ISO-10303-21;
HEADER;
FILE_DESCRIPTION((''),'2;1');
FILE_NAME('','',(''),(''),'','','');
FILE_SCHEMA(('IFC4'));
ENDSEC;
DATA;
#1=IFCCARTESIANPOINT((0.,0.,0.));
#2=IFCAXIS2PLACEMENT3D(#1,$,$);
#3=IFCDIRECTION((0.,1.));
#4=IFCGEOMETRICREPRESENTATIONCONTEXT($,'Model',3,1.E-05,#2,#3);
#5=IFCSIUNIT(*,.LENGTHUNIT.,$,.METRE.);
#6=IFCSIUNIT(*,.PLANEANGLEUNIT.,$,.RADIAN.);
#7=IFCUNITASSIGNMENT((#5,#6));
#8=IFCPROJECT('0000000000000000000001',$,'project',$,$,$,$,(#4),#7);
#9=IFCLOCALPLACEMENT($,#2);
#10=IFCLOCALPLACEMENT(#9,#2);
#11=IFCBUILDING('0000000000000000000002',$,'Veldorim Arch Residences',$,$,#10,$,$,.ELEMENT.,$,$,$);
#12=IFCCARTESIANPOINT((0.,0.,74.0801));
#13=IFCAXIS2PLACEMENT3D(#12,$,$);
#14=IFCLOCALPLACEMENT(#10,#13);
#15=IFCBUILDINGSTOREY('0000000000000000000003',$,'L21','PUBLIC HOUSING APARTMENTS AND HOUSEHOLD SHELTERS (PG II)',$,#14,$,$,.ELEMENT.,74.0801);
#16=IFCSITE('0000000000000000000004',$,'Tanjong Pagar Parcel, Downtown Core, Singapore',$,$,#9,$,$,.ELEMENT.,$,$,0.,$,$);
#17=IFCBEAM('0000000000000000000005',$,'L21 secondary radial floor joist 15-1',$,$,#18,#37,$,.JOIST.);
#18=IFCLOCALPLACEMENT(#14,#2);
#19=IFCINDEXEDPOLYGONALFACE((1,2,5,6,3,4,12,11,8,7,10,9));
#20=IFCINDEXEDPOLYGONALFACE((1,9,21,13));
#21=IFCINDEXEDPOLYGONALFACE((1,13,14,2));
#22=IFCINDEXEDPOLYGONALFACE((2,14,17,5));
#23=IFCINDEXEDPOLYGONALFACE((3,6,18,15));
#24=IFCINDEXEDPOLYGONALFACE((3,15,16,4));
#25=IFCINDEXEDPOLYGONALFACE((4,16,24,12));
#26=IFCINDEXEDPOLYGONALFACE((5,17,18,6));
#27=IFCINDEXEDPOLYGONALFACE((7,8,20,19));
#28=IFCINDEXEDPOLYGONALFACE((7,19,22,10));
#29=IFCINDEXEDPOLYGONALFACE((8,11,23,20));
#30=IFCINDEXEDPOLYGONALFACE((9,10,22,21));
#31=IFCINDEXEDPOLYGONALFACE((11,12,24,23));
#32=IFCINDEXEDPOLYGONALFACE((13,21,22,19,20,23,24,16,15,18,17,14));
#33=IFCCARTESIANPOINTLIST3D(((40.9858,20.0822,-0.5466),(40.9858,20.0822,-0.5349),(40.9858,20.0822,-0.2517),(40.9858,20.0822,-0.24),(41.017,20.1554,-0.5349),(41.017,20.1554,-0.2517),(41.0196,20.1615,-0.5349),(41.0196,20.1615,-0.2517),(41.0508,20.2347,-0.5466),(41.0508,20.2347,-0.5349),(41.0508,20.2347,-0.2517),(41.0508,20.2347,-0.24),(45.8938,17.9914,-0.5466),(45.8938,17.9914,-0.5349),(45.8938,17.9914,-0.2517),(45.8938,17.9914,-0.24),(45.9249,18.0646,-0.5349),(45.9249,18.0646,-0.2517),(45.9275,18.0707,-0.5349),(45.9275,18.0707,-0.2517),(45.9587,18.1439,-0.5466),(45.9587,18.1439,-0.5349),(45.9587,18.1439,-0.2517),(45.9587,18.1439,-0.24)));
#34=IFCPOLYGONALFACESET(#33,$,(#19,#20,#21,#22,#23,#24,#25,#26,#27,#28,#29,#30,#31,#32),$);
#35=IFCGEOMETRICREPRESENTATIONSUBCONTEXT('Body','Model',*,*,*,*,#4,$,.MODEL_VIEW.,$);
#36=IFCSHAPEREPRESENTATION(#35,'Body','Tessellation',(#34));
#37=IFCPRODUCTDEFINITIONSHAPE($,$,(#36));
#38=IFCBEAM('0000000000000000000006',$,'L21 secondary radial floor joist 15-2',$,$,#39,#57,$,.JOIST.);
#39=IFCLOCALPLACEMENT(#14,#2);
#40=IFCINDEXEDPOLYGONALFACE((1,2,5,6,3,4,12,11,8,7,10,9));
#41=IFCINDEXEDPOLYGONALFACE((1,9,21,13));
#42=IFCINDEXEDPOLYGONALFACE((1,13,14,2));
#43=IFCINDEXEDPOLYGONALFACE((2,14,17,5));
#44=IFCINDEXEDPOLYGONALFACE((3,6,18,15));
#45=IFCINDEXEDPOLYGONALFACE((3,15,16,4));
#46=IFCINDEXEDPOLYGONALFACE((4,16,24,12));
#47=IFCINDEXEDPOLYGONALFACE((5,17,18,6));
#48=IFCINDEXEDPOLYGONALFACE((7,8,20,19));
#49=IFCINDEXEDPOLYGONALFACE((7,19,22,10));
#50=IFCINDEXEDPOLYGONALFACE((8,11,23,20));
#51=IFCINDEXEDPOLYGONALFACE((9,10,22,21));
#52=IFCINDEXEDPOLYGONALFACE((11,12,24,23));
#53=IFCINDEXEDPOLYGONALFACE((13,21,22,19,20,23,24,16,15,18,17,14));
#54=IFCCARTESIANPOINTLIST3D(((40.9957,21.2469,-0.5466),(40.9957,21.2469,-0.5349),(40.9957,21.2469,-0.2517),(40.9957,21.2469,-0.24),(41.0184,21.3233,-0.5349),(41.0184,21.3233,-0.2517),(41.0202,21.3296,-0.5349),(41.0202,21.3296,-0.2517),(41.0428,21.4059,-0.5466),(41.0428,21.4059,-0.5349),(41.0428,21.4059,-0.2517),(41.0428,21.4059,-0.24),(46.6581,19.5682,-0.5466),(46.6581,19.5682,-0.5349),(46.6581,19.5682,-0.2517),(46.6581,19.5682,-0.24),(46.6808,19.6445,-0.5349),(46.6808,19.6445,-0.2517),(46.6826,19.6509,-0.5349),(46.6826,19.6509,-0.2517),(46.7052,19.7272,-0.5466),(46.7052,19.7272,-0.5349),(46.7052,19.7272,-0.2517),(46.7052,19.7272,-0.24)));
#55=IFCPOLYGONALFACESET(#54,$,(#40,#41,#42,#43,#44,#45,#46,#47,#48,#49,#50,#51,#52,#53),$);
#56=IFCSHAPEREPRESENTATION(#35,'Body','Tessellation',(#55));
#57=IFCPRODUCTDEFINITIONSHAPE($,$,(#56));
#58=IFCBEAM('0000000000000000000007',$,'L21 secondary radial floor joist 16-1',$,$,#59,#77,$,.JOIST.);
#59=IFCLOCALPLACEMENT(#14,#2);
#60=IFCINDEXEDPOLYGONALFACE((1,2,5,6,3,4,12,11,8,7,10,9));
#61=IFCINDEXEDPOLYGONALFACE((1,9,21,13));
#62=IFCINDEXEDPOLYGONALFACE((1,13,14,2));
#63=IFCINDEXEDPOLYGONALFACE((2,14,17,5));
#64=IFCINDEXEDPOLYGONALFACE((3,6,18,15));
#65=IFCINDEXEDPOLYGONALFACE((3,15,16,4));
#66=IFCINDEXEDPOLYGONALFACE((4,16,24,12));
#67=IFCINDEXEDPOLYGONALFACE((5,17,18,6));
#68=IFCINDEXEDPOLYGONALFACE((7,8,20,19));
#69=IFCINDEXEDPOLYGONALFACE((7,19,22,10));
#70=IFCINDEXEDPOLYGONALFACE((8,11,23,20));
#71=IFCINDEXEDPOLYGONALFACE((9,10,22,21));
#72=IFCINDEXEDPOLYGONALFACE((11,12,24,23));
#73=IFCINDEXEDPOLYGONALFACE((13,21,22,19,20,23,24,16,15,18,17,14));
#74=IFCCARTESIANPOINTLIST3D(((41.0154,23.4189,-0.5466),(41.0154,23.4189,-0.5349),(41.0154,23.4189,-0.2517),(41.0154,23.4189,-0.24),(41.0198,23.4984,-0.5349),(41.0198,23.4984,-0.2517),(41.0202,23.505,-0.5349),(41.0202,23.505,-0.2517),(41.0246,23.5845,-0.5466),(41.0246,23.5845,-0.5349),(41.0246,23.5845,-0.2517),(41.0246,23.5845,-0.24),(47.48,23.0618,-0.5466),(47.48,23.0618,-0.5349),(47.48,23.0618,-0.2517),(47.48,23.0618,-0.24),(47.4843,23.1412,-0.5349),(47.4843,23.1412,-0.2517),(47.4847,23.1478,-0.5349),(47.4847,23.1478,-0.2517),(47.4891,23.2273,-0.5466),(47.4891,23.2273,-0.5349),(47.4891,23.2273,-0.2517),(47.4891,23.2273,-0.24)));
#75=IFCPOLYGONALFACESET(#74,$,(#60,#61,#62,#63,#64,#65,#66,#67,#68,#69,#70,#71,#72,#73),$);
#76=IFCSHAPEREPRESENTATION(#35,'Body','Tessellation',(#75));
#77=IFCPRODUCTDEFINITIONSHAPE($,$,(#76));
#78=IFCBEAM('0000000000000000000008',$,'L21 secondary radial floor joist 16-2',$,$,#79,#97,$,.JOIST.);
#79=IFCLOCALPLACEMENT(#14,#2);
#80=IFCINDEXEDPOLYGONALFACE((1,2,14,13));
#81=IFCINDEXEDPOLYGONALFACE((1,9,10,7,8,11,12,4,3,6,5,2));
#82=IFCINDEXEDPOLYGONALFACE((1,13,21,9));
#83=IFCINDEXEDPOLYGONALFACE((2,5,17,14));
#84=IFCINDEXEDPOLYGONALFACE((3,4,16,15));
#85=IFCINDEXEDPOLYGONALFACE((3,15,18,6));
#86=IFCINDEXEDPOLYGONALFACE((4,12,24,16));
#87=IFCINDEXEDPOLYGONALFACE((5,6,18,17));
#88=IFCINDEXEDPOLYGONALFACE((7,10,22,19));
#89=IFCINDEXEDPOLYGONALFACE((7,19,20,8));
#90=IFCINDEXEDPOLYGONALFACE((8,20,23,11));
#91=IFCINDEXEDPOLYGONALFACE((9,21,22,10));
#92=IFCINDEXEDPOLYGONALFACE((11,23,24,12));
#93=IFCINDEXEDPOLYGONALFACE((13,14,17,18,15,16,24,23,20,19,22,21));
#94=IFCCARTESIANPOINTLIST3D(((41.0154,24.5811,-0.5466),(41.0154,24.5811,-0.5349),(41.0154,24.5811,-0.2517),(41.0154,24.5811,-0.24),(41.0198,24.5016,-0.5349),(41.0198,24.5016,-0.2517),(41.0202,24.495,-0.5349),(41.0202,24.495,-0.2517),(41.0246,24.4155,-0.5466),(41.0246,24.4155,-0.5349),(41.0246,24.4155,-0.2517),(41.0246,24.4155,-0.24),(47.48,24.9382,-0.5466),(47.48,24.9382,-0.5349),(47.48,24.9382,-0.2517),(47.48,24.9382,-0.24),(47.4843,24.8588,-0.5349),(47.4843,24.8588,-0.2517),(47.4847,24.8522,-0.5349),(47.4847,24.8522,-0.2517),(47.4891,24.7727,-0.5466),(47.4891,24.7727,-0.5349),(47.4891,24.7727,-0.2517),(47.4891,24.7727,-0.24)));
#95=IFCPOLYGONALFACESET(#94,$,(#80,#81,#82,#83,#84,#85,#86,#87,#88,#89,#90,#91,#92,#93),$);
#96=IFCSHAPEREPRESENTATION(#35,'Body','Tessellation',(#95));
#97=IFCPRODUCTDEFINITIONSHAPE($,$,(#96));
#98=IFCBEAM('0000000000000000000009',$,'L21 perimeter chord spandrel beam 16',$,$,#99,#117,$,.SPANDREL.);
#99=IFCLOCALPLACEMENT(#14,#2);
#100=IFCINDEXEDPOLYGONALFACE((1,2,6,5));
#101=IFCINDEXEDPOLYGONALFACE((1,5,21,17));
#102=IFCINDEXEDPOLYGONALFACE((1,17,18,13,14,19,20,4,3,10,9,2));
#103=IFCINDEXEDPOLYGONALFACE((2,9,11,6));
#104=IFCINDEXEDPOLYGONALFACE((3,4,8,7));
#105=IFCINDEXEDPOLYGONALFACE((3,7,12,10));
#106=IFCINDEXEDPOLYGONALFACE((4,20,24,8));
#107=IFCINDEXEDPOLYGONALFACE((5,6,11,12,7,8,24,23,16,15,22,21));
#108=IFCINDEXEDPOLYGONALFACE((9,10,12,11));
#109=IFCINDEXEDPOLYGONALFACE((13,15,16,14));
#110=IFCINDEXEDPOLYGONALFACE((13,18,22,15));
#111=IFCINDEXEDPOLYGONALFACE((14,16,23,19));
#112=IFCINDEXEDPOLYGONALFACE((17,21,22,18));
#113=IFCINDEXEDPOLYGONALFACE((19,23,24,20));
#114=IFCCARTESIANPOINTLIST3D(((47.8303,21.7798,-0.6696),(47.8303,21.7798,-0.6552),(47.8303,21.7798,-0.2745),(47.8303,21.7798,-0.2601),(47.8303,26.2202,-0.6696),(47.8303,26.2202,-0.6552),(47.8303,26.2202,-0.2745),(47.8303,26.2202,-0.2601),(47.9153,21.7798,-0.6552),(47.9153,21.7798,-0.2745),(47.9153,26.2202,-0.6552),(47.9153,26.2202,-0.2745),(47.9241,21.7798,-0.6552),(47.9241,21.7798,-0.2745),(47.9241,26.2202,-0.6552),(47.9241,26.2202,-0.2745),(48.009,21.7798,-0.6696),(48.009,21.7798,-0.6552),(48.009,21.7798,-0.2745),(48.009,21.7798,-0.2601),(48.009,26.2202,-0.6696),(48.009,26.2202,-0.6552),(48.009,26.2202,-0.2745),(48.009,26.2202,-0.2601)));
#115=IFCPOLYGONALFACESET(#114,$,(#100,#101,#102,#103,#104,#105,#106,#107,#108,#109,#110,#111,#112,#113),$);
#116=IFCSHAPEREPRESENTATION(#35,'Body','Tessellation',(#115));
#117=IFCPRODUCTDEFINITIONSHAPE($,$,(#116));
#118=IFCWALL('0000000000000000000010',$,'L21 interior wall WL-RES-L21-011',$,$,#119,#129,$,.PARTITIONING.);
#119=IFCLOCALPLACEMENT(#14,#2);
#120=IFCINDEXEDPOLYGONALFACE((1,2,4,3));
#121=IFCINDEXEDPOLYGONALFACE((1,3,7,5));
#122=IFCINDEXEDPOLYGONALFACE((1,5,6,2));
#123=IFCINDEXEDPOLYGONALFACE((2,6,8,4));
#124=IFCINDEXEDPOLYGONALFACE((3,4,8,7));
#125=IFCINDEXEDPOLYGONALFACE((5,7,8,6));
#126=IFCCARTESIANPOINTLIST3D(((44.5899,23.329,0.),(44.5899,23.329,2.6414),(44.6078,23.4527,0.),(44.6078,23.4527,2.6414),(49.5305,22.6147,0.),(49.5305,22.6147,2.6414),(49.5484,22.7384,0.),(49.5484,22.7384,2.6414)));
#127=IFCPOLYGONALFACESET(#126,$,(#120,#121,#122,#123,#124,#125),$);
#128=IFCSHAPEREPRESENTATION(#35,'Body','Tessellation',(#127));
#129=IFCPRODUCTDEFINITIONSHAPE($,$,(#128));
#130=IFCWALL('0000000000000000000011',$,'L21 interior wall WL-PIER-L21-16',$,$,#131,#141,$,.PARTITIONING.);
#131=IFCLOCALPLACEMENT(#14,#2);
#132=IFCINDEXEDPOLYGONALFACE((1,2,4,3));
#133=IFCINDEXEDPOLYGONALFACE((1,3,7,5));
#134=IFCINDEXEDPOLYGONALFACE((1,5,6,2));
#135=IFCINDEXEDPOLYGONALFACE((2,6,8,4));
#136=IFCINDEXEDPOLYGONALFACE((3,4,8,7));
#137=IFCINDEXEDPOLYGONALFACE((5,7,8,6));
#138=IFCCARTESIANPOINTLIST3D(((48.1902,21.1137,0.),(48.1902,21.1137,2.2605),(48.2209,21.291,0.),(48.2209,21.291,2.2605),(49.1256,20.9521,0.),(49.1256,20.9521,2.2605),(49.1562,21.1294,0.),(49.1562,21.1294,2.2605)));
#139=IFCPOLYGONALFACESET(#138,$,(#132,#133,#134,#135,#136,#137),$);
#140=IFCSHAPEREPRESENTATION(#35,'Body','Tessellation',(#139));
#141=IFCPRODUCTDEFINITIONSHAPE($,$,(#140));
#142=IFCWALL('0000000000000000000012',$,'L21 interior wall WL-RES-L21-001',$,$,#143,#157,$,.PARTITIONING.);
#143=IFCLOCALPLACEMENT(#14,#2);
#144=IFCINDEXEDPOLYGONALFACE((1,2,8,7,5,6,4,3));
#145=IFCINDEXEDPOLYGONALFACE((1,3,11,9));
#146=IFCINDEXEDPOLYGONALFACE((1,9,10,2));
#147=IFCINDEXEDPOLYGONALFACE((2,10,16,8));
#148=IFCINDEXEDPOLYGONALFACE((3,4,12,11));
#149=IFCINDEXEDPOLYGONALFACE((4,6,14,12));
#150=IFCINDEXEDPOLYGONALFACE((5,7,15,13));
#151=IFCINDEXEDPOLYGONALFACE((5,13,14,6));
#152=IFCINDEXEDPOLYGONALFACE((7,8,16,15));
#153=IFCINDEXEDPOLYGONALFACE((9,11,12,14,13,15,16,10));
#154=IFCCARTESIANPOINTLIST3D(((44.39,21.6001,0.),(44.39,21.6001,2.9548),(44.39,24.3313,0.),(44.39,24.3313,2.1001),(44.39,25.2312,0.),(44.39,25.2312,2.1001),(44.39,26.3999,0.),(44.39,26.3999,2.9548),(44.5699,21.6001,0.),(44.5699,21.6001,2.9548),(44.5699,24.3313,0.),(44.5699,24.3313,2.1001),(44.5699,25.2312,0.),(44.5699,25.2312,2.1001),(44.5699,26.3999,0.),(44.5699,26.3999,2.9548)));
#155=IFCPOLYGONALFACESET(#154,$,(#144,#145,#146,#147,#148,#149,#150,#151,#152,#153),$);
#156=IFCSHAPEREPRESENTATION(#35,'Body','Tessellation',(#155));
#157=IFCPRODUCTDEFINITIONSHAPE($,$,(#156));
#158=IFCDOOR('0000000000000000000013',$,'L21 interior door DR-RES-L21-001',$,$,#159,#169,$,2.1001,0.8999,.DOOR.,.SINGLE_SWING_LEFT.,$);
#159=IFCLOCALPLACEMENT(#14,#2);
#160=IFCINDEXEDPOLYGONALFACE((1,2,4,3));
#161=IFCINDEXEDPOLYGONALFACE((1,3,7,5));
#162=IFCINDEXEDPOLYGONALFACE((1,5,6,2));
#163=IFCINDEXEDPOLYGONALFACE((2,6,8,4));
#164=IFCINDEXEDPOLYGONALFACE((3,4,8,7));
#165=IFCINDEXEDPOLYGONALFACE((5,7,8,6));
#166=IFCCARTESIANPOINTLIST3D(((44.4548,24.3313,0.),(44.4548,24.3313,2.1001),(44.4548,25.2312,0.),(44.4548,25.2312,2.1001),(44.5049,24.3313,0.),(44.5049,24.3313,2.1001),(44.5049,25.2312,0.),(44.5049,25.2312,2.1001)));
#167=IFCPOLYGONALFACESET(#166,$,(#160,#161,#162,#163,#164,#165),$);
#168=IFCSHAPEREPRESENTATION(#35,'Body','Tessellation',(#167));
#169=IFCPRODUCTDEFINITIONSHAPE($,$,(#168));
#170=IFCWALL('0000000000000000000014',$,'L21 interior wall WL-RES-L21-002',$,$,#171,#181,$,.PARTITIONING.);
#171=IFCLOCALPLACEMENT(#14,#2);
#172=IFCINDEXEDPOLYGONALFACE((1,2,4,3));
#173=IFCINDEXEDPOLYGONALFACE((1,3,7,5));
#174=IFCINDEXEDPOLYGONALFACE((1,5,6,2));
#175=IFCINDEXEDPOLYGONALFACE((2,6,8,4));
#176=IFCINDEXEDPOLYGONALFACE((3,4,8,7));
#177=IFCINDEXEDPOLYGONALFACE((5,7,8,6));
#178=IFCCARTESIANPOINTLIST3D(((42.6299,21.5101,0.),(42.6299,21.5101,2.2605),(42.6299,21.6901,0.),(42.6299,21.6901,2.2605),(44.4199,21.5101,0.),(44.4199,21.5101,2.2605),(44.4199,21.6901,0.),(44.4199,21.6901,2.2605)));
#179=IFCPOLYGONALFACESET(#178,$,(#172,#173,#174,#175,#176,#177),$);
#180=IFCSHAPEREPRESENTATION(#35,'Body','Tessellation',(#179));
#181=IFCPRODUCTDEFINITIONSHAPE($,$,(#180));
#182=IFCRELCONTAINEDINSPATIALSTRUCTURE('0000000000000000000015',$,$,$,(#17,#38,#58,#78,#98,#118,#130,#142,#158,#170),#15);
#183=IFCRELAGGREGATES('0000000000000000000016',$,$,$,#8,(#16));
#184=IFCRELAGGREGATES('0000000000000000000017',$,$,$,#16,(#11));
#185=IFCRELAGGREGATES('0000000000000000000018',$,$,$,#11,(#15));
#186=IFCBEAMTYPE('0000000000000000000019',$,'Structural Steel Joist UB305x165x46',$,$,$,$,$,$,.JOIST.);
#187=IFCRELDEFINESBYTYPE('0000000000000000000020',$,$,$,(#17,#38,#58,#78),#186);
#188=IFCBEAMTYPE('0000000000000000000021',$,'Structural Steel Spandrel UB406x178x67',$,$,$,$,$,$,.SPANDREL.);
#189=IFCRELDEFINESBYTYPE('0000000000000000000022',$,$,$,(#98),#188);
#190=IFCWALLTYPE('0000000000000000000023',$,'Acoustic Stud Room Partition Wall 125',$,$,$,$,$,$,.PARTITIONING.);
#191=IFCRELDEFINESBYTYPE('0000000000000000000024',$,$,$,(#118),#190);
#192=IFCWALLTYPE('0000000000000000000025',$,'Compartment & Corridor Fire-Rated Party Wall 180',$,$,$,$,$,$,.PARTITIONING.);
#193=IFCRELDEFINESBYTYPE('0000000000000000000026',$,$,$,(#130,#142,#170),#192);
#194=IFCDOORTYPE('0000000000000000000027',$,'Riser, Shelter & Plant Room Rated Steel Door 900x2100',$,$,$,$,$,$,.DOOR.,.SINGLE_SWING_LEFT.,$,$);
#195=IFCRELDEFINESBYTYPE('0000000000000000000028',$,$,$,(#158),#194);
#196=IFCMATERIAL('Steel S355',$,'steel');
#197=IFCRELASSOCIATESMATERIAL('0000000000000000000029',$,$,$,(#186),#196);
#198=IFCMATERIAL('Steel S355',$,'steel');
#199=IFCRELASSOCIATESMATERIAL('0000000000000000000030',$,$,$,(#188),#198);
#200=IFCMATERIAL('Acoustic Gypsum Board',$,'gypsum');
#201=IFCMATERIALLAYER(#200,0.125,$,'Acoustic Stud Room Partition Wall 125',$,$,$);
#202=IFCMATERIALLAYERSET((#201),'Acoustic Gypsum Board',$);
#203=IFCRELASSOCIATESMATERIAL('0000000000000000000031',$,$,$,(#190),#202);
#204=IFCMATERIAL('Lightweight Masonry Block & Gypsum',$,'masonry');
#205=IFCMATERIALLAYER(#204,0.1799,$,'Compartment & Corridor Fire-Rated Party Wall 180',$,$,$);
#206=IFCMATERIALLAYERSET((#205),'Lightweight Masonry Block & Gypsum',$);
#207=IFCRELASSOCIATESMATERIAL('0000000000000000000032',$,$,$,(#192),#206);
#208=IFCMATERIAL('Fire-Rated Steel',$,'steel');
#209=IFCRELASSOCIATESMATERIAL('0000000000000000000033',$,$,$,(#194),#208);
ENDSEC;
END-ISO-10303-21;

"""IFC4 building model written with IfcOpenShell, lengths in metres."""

from ifc_helpers import new_model, si_unit, direction, frame, frame_2d, origin, origin_2d, place, context, subcontext, project, spatial, rectangle, i_section, extrude, material, layer, layer_set, material_profile, profile_set, type_object, element, fill, save


model = new_model("IFC4")

# Units and contexts
model_context = context("Model", 3, precision=1e-05, world=origin(), true_north=direction((0.0, 1.0)))
body_context = subcontext(model_context, "Body", "Model", "MODEL_VIEW")
ifc_project = project(units=[si_unit("LENGTHUNIT", "METRE"), si_unit("PLANEANGLEUNIT", "RADIAN")], contexts=[model_context])

# Site, building, storey
site_placement = place(None, origin())
site = spatial("IfcSite", under=ifc_project, at=site_placement, Name="Tanjong Pagar Parcel, Downtown Core, Singapore", CompositionType="ELEMENT", RefElevation=0.0)
building_placement = place(site_placement, origin())
building = spatial("IfcBuilding", under=site, at=building_placement, Name="Veldorim Arch Residences", CompositionType="ELEMENT")
storey_placement = place(building_placement, frame((0.0, 0.0, 74.0801)))
storey = spatial("IfcBuildingStorey", under=building, at=storey_placement, Name="L21", Description="PUBLIC HOUSING APARTMENTS AND HOUSEHOLD SHELTERS (PG II)", CompositionType="ELEMENT", Elevation=74.0801)

# Beams
ifc_material_1 = material(Name="Steel S355", Category="steel")
ifc_material_profile_1 = material_profile(ifc_material_1, i_section(OverallWidth=0.1658, OverallDepth=0.3066, WebThickness=0.0066, FlangeThickness=0.0117, at=origin_2d()), Name="UB305x165x46")
ifc_profile_set_1 = profile_set([ifc_material_profile_1], Name="Steel S355")
beam_type_1 = type_object("IfcBeamType", Name="Structural Steel Joist UB305x165x46", PredefinedType="JOIST", material=ifc_profile_set_1)
beam_1_placement = place(storey_placement, frame((41.0183, 20.1584, -0.3933), z_axis=(0.919997, -0.391924, 0.0), x_axis=(0.391924, 0.919997, 0.0)))
element("IfcBeam", 1, at=beam_1_placement, inside=storey, type_object=beam_type_1, Name="L21 secondary radial floor joist 15-1", PredefinedType="JOIST", context=body_context, shape_type="SweptSolid", body=[
    extrude(i_section(OverallWidth=0.1658, OverallDepth=0.3066, WebThickness=0.0066, FlangeThickness=0.0117, at=origin_2d()), origin(), (0.0, 0.0, 1.0), 5.3347),
])
beam_2_placement = place(storey_placement, frame((41.0193, 21.3264, -0.3933), z_axis=(0.958753, -0.28424, 0.0), x_axis=(0.28424, 0.958753, 0.0)))
element("IfcBeam", 2, at=beam_2_placement, inside=storey, type_object=beam_type_1, Name="L21 secondary radial floor joist 15-2", PredefinedType="JOIST", context=body_context, shape_type="SweptSolid", body=[
    extrude(i_section(OverallWidth=0.1658, OverallDepth=0.3066, WebThickness=0.0066, FlangeThickness=0.0117, at=origin_2d()), origin(), (0.0, 0.0, 1.0), 5.906),
])
for number, where, z_axis, x_axis, name in (
    (3, (41.02, 23.5017, -0.3933), (0.998477, -0.055167, 0.0), (0.055167, 0.998477, 0.0), "L21 secondary radial floor joist 16-1"),
    (4, (41.02, 24.4983, -0.3933), (0.998477, 0.055167, 0.0), (-0.055167, 0.998477, 0.0), "L21 secondary radial floor joist 16-2"),
):
    element("IfcBeam", number, at=place(storey_placement, frame(where, z_axis=z_axis, x_axis=x_axis)), inside=storey, type_object=beam_type_1, Name=name, PredefinedType="JOIST", context=body_context, shape_type="SweptSolid", body=[
        extrude(i_section(OverallWidth=0.1658, OverallDepth=0.3066, WebThickness=0.0066, FlangeThickness=0.0117, at=origin_2d()), origin(), (0.0, 0.0, 1.0), 6.4744),
    ])
ifc_material_2 = material(Name="Steel S355", Category="steel")
ifc_material_profile_2 = material_profile(ifc_material_2, i_section(OverallWidth=0.1787, OverallDepth=0.4094, WebThickness=0.0088, FlangeThickness=0.0144, at=origin_2d()), Name="UB406x178x67")
ifc_profile_set_2 = profile_set([ifc_material_profile_2], Name="Steel S355")
beam_type_2 = type_object("IfcBeamType", Name="Structural Steel Spandrel UB406x178x67", PredefinedType="SPANDREL", material=ifc_profile_set_2)
beam_3_placement = place(storey_placement, frame((47.9197, 21.7798, -0.4648), z_axis=(0.0, 1.0, 0.0), x_axis=(-1.0, 0.0, 0.0)))
element("IfcBeam", 5, at=beam_3_placement, inside=storey, type_object=beam_type_2, Name="L21 perimeter chord spandrel beam 16", PredefinedType="SPANDREL", context=body_context, shape_type="SweptSolid", body=[
    extrude(i_section(OverallWidth=0.1787, OverallDepth=0.4094, WebThickness=0.0088, FlangeThickness=0.0144, at=origin_2d()), origin(), (0.0, 0.0, 1.0), 4.4404),
])

# Walls
ifc_material_3 = material(Name="Acoustic Gypsum Board", Category="gypsum")
ifc_layer_1 = layer(ifc_material_3, 0.125, Name="Acoustic Stud Room Partition Wall 125")
ifc_layer_set_1 = layer_set([ifc_layer_1], Name="Acoustic Gypsum Board")
wall_type_1 = type_object("IfcWallType", Name="Acoustic Stud Room Partition Wall 125", PredefinedType="PARTITIONING", material=ifc_layer_set_1)
wall_1_placement = place(storey_placement, frame((49.5396, 22.6765, 0.0), z_axis=(0.0, 0.0, 1.0), x_axis=(-0.989708, 0.143099, 0.0)))
element("IfcWall", 6, at=wall_1_placement, inside=storey, type_object=wall_type_1, Name="L21 interior wall WL-RES-L21-011", PredefinedType="PARTITIONING", context=body_context, shape_type="SweptSolid", body=[
    extrude(rectangle(XDim=4.9919, YDim=0.125, at=frame_2d((2.4961, 0.0))), origin(), (0.0, 0.0, 1.0), 2.6414),
])
ifc_material_4 = material(Name="Lightweight Masonry Block & Gypsum", Category="masonry")
ifc_layer_2 = layer(ifc_material_4, 0.1799, Name="Compartment & Corridor Fire-Rated Party Wall 180")
ifc_layer_set_2 = layer_set([ifc_layer_2], Name="Lightweight Masonry Block & Gypsum")
wall_type_2 = type_object("IfcWallType", Name="Compartment & Corridor Fire-Rated Party Wall 180", PredefinedType="PARTITIONING", material=ifc_layer_set_2)
wall_2_placement = place(storey_placement, frame((48.2056, 21.2024, 0.0), z_axis=(0.0, 0.0, 1.0), x_axis=(0.985396, -0.170277, 0.0)))
element("IfcWall", 7, at=wall_2_placement, inside=storey, type_object=wall_type_2, Name="L21 interior wall WL-PIER-L21-16", PredefinedType="PARTITIONING", context=body_context, shape_type="SweptSolid", body=[
    extrude(rectangle(XDim=0.9492, YDim=0.1799, at=frame_2d((0.4746, 0.0))), origin(), (0.0, 0.0, 1.0), 2.2605),
])

# Wall, opening, door
wall_3_placement = place(storey_placement, frame((44.48, 26.3999, 0.0), z_axis=(0.0, 0.0, 1.0), x_axis=(0.0, -1.0, 0.0)))
wall_3 = element("IfcWall", 8, at=wall_3_placement, inside=storey, type_object=wall_type_2, Name="L21 interior wall WL-RES-L21-001", PredefinedType="PARTITIONING", context=body_context, shape_type="SweptSolid", body=[
    extrude(rectangle(XDim=4.7998, YDim=0.1799, at=frame_2d((2.3999, 0.0))), origin(), (0.0, 0.0, 1.0), 2.9548),
])
opening_1_placement = place(wall_3_placement, frame((1.1687, 0.0, 0.0)))
opening_1 = element("IfcOpeningElement", 9, at=opening_1_placement, cuts=wall_3, PredefinedType="OPENING", context=body_context, shape_type="SweptSolid", body=[
    extrude(rectangle(XDim=0.8999, YDim=2.1001, at=frame_2d((0.45, 1.05))), frame((0.0, 0.0999, 0.0), z_axis=(0.0, -1.0, 0.0), x_axis=(1.0, 0.0, 0.0)), (0.0, 0.0, 1.0), 0.2),
])
ifc_material_5 = material(Name="Fire-Rated Steel", Category="steel")
door_type_1 = type_object("IfcDoorType", Name="Riser, Shelter & Plant Room Rated Steel Door 900x2100", OperationType="SINGLE_SWING_LEFT", PredefinedType="DOOR", material=ifc_material_5)
door_1_placement = place(opening_1_placement, origin())
door_1 = element("IfcDoor", 10, at=door_1_placement, inside=storey, type_object=door_type_1, Name="L21 interior door DR-RES-L21-001", OperationType="SINGLE_SWING_LEFT", OverallHeight=2.1001, OverallWidth=0.8999, PredefinedType="DOOR", context=body_context, shape_type="SweptSolid", body=[
    extrude(rectangle(XDim=0.8999, YDim=2.1001, at=frame_2d((0.45, 1.05))), frame((0.0, 0.0249, 0.0), z_axis=(0.0, -1.0, 0.0), x_axis=(1.0, 0.0, 0.0)), (0.0, 0.0, 1.0), 0.05),
])
fill(opening_1, door_1)

# Wall
wall_4_placement = place(storey_placement, frame((44.4199, 21.6001, 0.0), z_axis=(0.0, 0.0, 1.0), x_axis=(-1.0, 0.0, 0.0)))
element("IfcWall", 11, at=wall_4_placement, inside=storey, type_object=wall_type_2, Name="L21 interior wall WL-RES-L21-002", PredefinedType="PARTITIONING", context=body_context, shape_type="SweptSolid", body=[
    extrude(rectangle(XDim=1.79, YDim=0.1799, at=frame_2d((0.895, 0.0))), origin(), (0.0, 0.0, 1.0), 2.2605),
])

save(model, "model.ifc")
